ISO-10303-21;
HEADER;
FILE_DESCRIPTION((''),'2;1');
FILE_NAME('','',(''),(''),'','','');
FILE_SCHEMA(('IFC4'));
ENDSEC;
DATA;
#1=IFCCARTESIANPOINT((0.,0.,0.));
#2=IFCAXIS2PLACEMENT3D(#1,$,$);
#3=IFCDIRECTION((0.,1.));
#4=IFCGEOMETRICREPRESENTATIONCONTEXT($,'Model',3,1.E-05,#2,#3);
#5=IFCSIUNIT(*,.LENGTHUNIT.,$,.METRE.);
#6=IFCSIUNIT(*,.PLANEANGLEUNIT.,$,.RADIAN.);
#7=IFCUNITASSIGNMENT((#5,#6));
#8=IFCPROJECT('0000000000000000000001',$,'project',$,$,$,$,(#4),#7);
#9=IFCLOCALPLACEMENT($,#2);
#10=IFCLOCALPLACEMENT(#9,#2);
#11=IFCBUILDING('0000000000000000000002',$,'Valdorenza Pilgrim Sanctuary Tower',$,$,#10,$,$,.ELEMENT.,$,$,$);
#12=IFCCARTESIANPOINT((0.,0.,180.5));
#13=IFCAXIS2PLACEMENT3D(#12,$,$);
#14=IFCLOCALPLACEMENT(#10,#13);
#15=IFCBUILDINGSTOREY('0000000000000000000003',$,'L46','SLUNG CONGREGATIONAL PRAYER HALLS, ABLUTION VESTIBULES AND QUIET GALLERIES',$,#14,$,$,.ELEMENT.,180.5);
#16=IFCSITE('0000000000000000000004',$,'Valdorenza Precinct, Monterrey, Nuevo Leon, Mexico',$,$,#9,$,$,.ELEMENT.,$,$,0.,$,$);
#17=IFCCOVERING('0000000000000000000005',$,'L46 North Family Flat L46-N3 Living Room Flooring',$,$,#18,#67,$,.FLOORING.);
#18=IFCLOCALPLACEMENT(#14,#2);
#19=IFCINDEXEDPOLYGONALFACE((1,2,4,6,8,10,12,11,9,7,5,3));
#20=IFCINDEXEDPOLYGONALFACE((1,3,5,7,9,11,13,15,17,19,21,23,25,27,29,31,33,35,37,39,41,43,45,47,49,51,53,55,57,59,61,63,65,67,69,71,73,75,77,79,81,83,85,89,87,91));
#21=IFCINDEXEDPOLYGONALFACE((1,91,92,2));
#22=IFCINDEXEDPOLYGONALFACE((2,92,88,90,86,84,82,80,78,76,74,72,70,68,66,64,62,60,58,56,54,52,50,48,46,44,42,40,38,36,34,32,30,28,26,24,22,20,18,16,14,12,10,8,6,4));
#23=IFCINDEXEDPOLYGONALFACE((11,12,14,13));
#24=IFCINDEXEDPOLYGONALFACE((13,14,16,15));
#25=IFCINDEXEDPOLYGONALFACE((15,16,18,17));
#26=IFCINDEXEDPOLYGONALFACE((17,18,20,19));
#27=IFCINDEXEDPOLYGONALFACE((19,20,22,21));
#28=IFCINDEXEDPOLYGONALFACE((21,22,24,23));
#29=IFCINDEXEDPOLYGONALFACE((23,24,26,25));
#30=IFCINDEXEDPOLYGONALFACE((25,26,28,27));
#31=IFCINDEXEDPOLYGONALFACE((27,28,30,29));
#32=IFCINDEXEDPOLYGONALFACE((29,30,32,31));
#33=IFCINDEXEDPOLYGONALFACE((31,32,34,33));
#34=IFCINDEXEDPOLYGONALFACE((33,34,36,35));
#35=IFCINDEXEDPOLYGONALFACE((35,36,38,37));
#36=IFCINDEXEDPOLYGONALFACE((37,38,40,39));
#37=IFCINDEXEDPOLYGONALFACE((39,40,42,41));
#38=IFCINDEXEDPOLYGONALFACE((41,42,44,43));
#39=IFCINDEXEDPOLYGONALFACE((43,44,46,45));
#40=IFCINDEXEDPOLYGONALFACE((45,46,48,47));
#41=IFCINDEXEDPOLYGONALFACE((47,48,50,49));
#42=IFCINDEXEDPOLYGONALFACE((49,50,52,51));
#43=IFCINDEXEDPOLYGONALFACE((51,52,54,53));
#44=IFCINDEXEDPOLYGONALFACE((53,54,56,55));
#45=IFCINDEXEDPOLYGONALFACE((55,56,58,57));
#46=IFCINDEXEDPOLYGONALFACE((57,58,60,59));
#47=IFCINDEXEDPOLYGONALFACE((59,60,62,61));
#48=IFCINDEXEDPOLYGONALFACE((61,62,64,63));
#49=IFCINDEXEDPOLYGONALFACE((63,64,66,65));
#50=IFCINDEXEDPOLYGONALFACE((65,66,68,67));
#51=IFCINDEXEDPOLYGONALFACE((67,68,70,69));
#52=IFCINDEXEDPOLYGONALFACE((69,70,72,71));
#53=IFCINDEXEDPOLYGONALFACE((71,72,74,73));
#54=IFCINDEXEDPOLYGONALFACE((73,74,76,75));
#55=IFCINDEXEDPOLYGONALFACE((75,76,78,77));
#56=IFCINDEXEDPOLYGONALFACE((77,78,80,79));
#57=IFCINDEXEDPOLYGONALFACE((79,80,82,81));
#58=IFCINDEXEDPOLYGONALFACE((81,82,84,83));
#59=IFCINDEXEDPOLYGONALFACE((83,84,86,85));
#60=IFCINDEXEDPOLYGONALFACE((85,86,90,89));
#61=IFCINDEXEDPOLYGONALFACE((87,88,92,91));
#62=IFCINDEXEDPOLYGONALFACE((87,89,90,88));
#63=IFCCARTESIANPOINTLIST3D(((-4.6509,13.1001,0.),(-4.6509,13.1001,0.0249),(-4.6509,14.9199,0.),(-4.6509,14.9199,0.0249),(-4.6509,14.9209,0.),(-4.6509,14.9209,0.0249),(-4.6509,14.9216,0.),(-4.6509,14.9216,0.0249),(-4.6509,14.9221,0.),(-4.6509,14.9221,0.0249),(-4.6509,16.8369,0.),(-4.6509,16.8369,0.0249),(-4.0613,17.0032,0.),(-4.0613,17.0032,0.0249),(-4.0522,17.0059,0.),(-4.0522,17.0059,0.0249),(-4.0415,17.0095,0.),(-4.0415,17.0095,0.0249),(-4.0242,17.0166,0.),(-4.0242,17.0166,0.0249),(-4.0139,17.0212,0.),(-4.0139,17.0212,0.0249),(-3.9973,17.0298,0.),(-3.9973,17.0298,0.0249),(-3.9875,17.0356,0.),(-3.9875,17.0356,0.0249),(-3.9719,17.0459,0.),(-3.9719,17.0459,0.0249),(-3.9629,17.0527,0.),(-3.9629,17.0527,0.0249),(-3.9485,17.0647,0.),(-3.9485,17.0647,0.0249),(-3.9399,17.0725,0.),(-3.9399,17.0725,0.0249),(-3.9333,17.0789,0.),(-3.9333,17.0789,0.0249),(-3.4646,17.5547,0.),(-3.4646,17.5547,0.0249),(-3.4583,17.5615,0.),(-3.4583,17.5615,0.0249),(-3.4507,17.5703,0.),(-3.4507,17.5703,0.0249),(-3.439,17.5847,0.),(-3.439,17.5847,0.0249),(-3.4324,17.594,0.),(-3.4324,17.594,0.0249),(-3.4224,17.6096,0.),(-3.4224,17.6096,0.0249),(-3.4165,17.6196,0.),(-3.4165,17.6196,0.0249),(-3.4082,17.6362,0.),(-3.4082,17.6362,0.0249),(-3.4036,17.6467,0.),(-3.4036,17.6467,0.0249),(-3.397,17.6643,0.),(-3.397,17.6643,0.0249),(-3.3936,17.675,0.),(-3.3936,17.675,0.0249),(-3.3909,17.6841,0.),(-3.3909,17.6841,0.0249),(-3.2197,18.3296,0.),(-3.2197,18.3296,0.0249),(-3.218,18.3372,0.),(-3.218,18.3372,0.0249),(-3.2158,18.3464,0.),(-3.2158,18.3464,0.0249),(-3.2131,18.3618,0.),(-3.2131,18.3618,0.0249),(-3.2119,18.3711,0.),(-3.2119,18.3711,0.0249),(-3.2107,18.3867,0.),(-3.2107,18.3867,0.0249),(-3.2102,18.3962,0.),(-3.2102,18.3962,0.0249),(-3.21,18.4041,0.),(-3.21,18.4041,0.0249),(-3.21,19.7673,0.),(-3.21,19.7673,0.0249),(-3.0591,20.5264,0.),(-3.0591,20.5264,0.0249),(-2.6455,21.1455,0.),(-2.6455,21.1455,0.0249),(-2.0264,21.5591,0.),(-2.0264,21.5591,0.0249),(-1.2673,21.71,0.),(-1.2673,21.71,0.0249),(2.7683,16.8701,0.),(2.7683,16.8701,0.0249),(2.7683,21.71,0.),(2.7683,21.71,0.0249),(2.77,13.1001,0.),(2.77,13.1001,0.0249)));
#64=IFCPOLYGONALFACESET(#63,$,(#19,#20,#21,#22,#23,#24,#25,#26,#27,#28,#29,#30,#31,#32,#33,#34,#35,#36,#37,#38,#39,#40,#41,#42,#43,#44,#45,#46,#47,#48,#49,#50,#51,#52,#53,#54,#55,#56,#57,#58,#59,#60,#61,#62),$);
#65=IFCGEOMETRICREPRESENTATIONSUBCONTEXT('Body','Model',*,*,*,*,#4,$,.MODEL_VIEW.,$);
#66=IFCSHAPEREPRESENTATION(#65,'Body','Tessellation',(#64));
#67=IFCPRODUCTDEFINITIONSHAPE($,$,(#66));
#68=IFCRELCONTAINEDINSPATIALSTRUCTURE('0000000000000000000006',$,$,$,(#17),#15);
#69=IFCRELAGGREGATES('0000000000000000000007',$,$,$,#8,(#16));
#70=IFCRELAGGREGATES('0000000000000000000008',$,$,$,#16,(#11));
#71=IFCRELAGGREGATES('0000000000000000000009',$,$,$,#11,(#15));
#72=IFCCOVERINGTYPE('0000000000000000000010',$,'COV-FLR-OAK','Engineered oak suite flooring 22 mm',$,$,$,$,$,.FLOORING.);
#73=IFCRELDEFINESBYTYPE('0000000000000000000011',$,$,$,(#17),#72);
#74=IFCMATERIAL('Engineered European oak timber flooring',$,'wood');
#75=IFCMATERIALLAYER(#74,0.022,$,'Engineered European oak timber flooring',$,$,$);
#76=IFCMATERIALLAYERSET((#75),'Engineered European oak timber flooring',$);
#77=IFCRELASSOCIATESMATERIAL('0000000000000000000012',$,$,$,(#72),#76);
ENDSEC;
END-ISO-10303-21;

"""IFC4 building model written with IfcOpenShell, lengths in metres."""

from ifc_helpers import new_model, si_unit, direction, frame, origin, place, context, subcontext, project, spatial, polyline, outline, extrude, material, layer, layer_set, type_object, element, save


model = new_model("IFC4")

# Units and contexts
model_context = context("Model", 3, precision=1e-05, world=origin(), true_north=direction((0.0, 1.0)))
body_context = subcontext(model_context, "Body", "Model", "MODEL_VIEW")
ifc_project = project(units=[si_unit("LENGTHUNIT", "METRE"), si_unit("PLANEANGLEUNIT", "RADIAN")], contexts=[model_context])

# Site, building, storey
site_placement = place(None, origin())
site = spatial("IfcSite", under=ifc_project, at=site_placement, Name="Valdorenza Precinct, Monterrey, Nuevo Leon, Mexico", CompositionType="ELEMENT", RefElevation=0.0)
building_placement = place(site_placement, origin())
building = spatial("IfcBuilding", under=site, at=building_placement, Name="Valdorenza Pilgrim Sanctuary Tower", CompositionType="ELEMENT")
storey_placement = place(building_placement, frame((0.0, 0.0, 180.5)))
storey = spatial("IfcBuildingStorey", under=building, at=storey_placement, Name="L46", Description="SLUNG CONGREGATIONAL PRAYER HALLS, ABLUTION VESTIBULES AND QUIET GALLERIES", CompositionType="ELEMENT", Elevation=180.5)

# Covering
ifc_material_1 = material(Name="Engineered European oak timber flooring", Category="wood")
ifc_layer_1 = layer(ifc_material_1, 0.022, Name="Engineered European oak timber flooring")
ifc_layer_set_1 = layer_set([ifc_layer_1], Name="Engineered European oak timber flooring")
covering_type_1 = type_object("IfcCoveringType", Name="COV-FLR-OAK", Description="Engineered oak suite flooring 22 mm", PredefinedType="FLOORING", material=ifc_layer_set_1)
covering_1_placement = place(storey_placement, origin())
element("IfcCovering", 1, at=covering_1_placement, inside=storey, type_object=covering_type_1, Name="L46 North Family Flat L46-N3 Living Room Flooring", PredefinedType="FLOORING", context=body_context, shape_type="SweptSolid", body=[
    extrude(outline(polyline([(-4.6509, 14.9216), (-4.6509, 14.9221), (-4.6509, 16.8369), (-4.0613, 17.0032), (-4.0522, 17.0059), (-4.0415, 17.0095), (-4.0242, 17.0166), (-4.0139, 17.0212), (-3.9973, 17.0298), (-3.9875, 17.0356), (-3.9719, 17.0459), (-3.9629, 17.0527), (-3.9485, 17.0647), (-3.9399, 17.0725), (-3.9333, 17.0789), (-3.4646, 17.5547), (-3.4583, 17.5615), (-3.4507, 17.5703), (-3.439, 17.5847), (-3.4324, 17.594), (-3.4224, 17.6096), (-3.4165, 17.6196), (-3.4082, 17.6362), (-3.4036, 17.6467), (-3.397, 17.6643), (-3.3936, 17.675), (-3.3909, 17.6841), (-3.2197, 18.3296), (-3.218, 18.3372), (-3.2158, 18.3464), (-3.2131, 18.3618), (-3.2119, 18.3711), (-3.2107, 18.3867), (-3.2102, 18.3962), (-3.21, 18.4041), (-3.21, 19.7673), (-3.0591, 20.5264), (-2.6455, 21.1455), (-2.0264, 21.5591), (-1.2673, 21.71), (2.7683, 21.71), (2.7683, 16.8701), (2.77, 13.1001), (-4.6509, 13.1001), (-4.6509, 14.9199), (-4.6509, 14.9209), (-4.6509, 14.9216)])), origin(), (0.0, 0.0, 1.0), 0.0249),
])

save(model, "model.ifc")
